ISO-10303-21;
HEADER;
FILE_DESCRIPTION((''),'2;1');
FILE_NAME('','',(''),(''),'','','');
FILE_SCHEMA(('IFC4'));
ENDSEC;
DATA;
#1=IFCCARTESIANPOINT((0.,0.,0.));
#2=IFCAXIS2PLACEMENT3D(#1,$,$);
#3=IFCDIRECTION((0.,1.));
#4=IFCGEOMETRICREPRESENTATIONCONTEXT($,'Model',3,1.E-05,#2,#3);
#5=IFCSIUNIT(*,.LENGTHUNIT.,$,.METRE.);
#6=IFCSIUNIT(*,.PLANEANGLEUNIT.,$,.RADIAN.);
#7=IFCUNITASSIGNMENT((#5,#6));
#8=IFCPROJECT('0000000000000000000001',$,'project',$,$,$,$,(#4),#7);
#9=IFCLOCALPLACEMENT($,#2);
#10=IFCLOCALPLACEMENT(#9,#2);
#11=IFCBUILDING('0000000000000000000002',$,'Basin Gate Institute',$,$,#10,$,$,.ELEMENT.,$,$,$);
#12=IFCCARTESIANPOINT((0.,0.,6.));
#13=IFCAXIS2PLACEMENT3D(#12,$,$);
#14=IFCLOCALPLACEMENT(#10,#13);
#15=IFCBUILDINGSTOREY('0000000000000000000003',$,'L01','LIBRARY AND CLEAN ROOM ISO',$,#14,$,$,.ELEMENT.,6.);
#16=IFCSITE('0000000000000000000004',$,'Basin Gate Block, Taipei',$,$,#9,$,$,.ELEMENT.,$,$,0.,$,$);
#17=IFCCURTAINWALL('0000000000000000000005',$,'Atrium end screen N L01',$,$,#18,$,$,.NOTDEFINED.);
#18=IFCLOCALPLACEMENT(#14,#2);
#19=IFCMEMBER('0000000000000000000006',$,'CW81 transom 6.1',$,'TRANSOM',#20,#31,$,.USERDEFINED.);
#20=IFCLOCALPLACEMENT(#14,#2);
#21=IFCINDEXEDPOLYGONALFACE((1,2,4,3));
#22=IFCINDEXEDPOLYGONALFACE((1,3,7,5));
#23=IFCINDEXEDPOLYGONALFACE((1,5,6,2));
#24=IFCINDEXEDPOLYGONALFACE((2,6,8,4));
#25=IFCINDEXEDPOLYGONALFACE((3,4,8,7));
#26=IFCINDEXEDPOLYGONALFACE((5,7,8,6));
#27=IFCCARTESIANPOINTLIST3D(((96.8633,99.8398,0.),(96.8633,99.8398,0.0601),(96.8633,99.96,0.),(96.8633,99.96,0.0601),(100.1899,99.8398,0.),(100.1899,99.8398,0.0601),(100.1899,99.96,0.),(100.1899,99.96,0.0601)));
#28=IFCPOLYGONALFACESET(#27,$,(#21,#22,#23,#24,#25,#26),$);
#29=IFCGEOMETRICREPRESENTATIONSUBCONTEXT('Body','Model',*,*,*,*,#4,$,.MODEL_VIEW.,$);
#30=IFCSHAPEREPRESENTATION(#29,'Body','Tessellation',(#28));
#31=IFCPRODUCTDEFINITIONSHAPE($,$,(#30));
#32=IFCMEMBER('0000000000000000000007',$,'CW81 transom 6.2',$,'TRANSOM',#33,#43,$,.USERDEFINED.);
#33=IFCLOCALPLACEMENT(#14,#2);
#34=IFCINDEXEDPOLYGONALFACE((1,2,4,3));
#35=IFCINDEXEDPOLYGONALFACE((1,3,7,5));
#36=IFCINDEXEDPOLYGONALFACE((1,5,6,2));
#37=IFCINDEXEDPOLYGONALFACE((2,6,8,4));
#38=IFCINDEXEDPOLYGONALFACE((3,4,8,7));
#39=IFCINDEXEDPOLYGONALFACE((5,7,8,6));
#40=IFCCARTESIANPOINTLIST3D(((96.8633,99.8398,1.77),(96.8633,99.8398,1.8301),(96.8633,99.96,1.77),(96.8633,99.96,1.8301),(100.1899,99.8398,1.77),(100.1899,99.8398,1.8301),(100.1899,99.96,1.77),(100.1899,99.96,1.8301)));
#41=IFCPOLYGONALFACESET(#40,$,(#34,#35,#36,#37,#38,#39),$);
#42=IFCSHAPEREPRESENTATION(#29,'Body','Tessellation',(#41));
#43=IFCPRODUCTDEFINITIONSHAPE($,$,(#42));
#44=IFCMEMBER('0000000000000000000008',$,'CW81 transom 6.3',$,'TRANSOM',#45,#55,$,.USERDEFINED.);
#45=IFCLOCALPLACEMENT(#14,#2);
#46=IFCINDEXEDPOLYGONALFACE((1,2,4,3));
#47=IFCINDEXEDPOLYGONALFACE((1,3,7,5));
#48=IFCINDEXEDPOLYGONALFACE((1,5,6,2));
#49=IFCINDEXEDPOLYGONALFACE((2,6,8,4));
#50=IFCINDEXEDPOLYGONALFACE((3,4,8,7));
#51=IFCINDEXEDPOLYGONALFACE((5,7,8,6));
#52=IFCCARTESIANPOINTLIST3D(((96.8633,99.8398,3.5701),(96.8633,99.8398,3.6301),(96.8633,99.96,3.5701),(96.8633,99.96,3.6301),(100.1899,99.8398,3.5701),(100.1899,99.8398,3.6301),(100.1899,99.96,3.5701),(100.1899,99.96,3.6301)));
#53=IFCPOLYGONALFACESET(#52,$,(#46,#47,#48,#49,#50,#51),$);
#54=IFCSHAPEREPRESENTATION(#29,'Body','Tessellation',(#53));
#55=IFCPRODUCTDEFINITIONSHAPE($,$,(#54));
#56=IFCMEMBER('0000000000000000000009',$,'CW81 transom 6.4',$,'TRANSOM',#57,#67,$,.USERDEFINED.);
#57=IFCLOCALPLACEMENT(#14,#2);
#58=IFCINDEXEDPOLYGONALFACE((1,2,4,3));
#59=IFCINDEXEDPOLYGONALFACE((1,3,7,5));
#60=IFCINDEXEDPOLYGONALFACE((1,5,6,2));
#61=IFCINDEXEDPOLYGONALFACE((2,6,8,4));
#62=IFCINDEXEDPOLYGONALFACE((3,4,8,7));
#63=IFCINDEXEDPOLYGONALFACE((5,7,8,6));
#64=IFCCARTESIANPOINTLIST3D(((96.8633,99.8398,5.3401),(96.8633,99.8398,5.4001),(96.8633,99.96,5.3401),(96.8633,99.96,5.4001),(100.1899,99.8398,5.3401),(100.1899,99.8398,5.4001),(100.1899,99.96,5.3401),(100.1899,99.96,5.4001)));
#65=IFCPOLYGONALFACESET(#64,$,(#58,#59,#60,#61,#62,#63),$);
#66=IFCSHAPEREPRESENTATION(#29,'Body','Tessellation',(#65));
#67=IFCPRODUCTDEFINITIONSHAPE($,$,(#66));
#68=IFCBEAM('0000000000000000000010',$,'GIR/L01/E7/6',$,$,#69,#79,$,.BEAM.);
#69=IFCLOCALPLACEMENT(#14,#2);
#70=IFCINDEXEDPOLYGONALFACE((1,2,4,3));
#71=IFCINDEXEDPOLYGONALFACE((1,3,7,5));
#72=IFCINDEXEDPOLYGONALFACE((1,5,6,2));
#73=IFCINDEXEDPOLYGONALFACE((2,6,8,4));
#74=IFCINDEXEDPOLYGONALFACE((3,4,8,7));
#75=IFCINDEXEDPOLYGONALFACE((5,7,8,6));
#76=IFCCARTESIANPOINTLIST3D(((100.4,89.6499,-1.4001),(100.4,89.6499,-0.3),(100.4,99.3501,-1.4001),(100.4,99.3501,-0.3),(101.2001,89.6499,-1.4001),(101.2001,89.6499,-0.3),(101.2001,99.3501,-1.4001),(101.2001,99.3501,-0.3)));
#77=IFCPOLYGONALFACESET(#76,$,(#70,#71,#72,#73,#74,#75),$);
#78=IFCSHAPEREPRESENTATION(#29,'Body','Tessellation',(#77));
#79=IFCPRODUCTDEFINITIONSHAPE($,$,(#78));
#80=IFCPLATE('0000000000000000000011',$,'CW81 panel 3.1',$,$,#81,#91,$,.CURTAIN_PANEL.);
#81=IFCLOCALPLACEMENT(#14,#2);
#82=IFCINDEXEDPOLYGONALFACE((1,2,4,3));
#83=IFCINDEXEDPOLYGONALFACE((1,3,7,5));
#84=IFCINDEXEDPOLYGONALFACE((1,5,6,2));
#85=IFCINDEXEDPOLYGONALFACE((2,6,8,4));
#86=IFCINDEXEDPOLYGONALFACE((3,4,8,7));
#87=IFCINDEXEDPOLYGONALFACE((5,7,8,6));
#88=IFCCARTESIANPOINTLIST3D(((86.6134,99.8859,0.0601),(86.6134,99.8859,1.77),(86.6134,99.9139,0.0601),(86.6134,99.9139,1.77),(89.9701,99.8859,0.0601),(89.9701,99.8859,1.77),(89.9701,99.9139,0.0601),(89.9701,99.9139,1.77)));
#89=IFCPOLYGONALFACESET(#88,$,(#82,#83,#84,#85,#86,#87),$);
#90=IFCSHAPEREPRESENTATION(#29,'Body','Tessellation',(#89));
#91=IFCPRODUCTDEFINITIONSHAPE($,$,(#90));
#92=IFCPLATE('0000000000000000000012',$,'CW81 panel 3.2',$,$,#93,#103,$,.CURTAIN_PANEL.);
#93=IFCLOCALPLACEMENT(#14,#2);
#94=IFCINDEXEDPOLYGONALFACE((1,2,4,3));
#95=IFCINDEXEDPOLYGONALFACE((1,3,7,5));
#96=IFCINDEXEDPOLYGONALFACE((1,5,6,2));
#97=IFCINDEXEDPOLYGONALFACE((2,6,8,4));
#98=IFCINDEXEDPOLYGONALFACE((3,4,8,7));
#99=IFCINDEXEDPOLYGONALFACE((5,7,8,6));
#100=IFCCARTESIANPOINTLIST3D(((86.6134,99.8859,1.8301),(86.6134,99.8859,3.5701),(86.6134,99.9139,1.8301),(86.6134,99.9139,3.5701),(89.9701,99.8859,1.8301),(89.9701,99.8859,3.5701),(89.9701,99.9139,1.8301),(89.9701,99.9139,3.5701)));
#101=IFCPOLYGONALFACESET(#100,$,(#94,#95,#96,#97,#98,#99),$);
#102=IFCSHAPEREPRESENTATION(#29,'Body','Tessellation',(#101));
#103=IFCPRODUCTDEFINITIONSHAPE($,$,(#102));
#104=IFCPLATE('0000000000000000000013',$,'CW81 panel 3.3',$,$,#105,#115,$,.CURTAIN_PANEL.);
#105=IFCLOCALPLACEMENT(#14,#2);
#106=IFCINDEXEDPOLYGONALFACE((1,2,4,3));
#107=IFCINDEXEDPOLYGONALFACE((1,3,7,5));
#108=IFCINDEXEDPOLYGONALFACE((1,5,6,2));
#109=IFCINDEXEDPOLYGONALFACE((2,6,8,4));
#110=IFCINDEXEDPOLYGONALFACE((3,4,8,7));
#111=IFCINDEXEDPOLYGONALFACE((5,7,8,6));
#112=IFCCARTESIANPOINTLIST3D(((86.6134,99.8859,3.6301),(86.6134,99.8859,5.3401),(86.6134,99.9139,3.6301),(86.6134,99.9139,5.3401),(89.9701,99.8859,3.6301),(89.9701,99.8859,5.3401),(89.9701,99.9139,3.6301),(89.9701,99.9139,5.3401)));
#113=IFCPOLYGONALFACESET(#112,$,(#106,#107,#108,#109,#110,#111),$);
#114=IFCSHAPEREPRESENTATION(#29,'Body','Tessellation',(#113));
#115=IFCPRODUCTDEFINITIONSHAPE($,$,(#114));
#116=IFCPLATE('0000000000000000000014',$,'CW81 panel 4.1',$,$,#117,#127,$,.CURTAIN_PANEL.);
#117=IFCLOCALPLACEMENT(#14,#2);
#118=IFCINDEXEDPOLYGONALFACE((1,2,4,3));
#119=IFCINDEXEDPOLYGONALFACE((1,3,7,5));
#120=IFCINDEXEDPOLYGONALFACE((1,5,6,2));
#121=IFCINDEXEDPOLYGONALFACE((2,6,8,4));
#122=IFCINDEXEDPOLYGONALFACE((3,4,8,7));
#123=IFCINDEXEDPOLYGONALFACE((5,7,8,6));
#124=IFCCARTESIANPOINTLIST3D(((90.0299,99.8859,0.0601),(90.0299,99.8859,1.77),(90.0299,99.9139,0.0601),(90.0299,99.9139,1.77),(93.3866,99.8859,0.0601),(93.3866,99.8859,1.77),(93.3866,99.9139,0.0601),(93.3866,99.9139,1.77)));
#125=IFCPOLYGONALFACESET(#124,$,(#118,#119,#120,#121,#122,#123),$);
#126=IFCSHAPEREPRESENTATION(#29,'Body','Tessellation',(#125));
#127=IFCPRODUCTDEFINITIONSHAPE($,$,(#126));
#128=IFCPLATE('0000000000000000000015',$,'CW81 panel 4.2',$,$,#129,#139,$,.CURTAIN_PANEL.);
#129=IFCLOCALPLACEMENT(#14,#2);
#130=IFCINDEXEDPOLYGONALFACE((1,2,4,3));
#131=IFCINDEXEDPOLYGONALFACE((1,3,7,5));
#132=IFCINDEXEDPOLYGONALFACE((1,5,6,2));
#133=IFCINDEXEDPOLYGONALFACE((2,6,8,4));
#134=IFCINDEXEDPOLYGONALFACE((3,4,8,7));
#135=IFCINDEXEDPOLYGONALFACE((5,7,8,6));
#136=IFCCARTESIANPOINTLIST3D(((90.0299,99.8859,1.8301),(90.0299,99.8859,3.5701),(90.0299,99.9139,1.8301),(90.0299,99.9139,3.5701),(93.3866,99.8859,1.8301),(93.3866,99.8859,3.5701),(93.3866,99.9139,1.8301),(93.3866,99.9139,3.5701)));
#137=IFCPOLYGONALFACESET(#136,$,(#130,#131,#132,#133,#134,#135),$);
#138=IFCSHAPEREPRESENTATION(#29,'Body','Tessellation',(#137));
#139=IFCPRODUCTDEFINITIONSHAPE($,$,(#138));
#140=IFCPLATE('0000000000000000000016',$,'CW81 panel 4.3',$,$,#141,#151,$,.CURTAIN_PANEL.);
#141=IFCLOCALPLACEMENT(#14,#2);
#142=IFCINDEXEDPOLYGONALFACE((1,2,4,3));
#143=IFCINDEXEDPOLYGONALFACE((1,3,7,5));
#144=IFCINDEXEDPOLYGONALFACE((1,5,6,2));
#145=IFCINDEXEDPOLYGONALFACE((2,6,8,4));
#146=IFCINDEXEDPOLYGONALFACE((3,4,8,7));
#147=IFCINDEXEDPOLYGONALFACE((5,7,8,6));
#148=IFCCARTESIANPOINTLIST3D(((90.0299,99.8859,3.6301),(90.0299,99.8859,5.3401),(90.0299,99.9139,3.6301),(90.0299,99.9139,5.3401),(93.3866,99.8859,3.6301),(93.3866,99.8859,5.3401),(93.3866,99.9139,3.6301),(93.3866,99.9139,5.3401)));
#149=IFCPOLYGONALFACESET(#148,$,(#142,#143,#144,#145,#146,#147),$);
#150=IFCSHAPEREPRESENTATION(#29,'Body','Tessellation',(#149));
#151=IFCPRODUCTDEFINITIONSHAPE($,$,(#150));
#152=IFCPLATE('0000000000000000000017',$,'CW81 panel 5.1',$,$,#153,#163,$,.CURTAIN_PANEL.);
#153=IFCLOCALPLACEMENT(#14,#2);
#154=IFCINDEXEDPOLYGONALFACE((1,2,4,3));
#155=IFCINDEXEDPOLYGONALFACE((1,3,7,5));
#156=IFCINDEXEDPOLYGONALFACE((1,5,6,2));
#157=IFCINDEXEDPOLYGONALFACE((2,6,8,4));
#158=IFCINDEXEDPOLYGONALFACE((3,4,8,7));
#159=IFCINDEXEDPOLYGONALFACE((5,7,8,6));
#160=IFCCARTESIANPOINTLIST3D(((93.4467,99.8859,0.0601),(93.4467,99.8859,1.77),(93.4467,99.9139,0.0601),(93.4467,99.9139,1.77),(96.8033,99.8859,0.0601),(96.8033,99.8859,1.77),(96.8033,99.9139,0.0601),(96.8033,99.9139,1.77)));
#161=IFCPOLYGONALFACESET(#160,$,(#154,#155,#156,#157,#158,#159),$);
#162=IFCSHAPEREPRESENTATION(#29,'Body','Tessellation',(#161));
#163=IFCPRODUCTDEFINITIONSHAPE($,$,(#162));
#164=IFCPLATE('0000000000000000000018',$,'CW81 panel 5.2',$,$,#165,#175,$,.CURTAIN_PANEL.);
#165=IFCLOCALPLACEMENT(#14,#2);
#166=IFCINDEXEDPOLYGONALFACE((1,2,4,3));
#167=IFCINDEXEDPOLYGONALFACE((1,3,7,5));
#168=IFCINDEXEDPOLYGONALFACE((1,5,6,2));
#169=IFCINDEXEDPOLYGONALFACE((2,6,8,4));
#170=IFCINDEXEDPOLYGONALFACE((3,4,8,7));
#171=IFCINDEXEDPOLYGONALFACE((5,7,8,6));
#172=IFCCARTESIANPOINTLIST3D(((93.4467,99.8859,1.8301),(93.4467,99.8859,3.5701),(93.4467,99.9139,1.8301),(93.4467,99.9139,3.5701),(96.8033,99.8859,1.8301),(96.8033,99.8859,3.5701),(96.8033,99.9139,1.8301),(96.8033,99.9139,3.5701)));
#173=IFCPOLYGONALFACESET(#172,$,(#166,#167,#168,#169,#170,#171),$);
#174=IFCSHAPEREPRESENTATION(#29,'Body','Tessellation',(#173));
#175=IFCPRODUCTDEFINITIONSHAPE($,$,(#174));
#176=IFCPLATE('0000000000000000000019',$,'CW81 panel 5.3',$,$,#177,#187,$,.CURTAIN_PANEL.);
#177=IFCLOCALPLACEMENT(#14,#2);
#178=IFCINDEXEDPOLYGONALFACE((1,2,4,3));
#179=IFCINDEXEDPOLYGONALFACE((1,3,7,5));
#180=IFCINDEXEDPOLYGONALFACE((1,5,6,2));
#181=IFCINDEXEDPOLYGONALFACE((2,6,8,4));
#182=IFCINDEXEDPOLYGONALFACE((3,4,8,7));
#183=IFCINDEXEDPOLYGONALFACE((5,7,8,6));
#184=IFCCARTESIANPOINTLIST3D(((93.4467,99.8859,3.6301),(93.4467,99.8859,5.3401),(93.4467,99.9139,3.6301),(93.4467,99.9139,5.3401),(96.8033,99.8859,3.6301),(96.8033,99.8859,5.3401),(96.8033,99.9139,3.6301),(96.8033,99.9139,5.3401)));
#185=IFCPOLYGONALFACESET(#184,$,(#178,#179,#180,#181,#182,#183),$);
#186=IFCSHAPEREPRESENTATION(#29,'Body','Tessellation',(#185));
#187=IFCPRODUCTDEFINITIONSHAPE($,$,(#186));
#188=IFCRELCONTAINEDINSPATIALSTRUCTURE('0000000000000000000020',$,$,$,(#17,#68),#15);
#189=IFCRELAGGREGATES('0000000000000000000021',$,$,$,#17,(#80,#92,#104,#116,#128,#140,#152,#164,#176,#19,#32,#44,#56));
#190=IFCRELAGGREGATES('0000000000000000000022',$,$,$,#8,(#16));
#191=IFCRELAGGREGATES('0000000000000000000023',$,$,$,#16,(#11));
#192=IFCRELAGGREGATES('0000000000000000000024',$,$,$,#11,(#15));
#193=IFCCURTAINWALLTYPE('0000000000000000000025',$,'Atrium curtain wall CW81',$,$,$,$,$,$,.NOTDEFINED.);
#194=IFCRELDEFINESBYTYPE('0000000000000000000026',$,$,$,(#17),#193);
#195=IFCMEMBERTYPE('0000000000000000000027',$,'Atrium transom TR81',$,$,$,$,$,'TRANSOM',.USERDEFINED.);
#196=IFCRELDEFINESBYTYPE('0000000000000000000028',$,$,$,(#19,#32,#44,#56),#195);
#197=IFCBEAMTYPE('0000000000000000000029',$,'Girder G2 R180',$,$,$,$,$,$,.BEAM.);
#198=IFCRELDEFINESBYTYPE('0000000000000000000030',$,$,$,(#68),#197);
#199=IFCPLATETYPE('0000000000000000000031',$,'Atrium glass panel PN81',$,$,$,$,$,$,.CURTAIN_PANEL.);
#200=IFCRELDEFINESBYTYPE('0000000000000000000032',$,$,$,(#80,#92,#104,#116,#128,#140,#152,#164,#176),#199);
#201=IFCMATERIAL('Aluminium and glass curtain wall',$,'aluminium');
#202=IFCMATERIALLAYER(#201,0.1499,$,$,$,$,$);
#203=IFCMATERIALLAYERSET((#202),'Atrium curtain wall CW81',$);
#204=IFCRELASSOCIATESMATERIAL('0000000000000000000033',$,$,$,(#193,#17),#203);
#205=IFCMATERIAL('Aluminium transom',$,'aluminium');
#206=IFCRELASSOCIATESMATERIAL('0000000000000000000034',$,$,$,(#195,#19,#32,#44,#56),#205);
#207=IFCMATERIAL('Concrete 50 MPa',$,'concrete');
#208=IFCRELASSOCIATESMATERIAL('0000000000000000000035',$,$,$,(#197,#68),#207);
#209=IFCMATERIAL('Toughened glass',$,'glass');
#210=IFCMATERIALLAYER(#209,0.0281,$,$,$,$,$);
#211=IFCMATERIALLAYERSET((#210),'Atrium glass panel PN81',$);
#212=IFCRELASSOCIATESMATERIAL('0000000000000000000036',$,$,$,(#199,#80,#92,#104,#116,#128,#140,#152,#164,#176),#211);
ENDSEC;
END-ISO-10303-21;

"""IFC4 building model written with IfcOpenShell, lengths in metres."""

from ifc_helpers import new_model, si_unit, direction, frame, origin, origin_2d, place, context, subcontext, project, spatial, rectangle, extrude, material, layer, layer_set, material_profile, profile_set, type_object, element, aggregate, save


model = new_model("IFC4")

# Units and contexts
model_context = context("Model", 3, precision=1e-05, world=origin(), true_north=direction((0.0, 1.0)))
body_context = subcontext(model_context, "Body", "Model", "MODEL_VIEW")
ifc_project = project(units=[si_unit("LENGTHUNIT", "METRE"), si_unit("PLANEANGLEUNIT", "RADIAN")], contexts=[model_context])

# Site, building, storey
site_placement = place(None, origin())
site = spatial("IfcSite", under=ifc_project, at=site_placement, Name="Basin Gate Block, Taipei", CompositionType="ELEMENT", RefElevation=0.0)
building_placement = place(site_placement, origin())
building = spatial("IfcBuilding", under=site, at=building_placement, Name="Basin Gate Institute", CompositionType="ELEMENT")
storey_placement = place(building_placement, frame((0.0, 0.0, 6.0)))
storey = spatial("IfcBuildingStorey", under=building, at=storey_placement, Name="L01", Description="LIBRARY AND CLEAN ROOM ISO", CompositionType="ELEMENT", Elevation=6.0)

# Curtain wall, members
ifc_material_1 = material(Name="Aluminium and glass curtain wall", Category="aluminium")
ifc_layer_1 = layer(ifc_material_1, 0.1499)
ifc_layer_set_1 = layer_set([ifc_layer_1], Name="Atrium curtain wall CW81")
curtain_wall_type = type_object("IfcCurtainWallType", Name="Atrium curtain wall CW81", PredefinedType="NOTDEFINED", material=ifc_layer_set_1)
curtain_wall_placement = place(storey_placement, origin())
curtain_wall = element("IfcCurtainWall", 1, at=curtain_wall_placement, inside=storey, type_object=curtain_wall_type, material=ifc_layer_set_1, Name="Atrium end screen N L01", PredefinedType="NOTDEFINED")
ifc_material_2 = material(Name="Aluminium transom", Category="aluminium")
ifc_material_profile_1 = material_profile(ifc_material_2, rectangle(XDim=0.1201, YDim=0.0601, at=origin_2d()), Name="Atrium transom TR81 120 x 60")
ifc_profile_set_1 = profile_set([ifc_material_profile_1], Name="Aluminium transom")
member_type_1 = type_object("IfcMemberType", Name="Atrium transom TR81", ElementType="TRANSOM", PredefinedType="USERDEFINED", material=ifc_profile_set_1)
member_1_placement = place(storey_placement, frame((96.8633, 99.8999, 0.03), z_axis=(1.0, 0.0, 0.0), x_axis=(0.0, 1.0, 0.0)))
member_1 = element("IfcMember", 2, at=member_1_placement, type_object=member_type_1, material=ifc_profile_set_1, Name="CW81 transom 6.1", ObjectType="TRANSOM", PredefinedType="USERDEFINED", context=body_context, shape_type="SweptSolid", body=[
    extrude(rectangle(XDim=0.1201, YDim=0.0601, at=origin_2d()), origin(), (0.0, 0.0, 1.0), 3.3267),
])
member_2_placement = place(storey_placement, frame((96.8633, 99.8999, 1.8), z_axis=(1.0, 0.0, 0.0), x_axis=(0.0, 1.0, 0.0)))
member_2 = element("IfcMember", 3, at=member_2_placement, type_object=member_type_1, material=ifc_profile_set_1, Name="CW81 transom 6.2", ObjectType="TRANSOM", PredefinedType="USERDEFINED", context=body_context, shape_type="SweptSolid", body=[
    extrude(rectangle(XDim=0.1201, YDim=0.0601, at=origin_2d()), origin(), (0.0, 0.0, 1.0), 3.3267),
])
member_3_placement = place(storey_placement, frame((96.8633, 99.8999, 3.6001), z_axis=(1.0, 0.0, 0.0), x_axis=(0.0, 1.0, 0.0)))
member_3 = element("IfcMember", 4, at=member_3_placement, type_object=member_type_1, material=ifc_profile_set_1, Name="CW81 transom 6.3", ObjectType="TRANSOM", PredefinedType="USERDEFINED", context=body_context, shape_type="SweptSolid", body=[
    extrude(rectangle(XDim=0.1201, YDim=0.0601, at=origin_2d()), origin(), (0.0, 0.0, 1.0), 3.3267),
])
member_4_placement = place(storey_placement, frame((96.8633, 99.8999, 5.3701), z_axis=(1.0, 0.0, 0.0), x_axis=(0.0, 1.0, 0.0)))
member_4 = element("IfcMember", 5, at=member_4_placement, type_object=member_type_1, material=ifc_profile_set_1, Name="CW81 transom 6.4", ObjectType="TRANSOM", PredefinedType="USERDEFINED", context=body_context, shape_type="SweptSolid", body=[
    extrude(rectangle(XDim=0.1201, YDim=0.0601, at=origin_2d()), origin(), (0.0, 0.0, 1.0), 3.3267),
])

# Beam
ifc_material_3 = material(Name="Concrete 50 MPa", Category="concrete")
ifc_material_profile_2 = material_profile(ifc_material_3, rectangle(XDim=0.8, YDim=1.1001, at=origin_2d()), Name="Girder G2 800 x 1100")
ifc_profile_set_2 = profile_set([ifc_material_profile_2], Name="Concrete 50 MPa")
beam_type = type_object("IfcBeamType", Name="Girder G2 R180", PredefinedType="BEAM", material=ifc_profile_set_2)
beam_placement = place(storey_placement, frame((100.8, 89.6499, -0.8501), z_axis=(0.0, 1.0, 0.0), x_axis=(-1.0, 0.0, 0.0)))
element("IfcBeam", 6, at=beam_placement, inside=storey, type_object=beam_type, material=ifc_profile_set_2, Name="GIR/L01/E7/6", PredefinedType="BEAM", context=body_context, shape_type="SweptSolid", body=[
    extrude(rectangle(XDim=0.8, YDim=1.1001, at=origin_2d()), origin(), (0.0, 0.0, 1.0), 9.7002),
])

# Plates
ifc_material_4 = material(Name="Toughened glass", Category="glass")
ifc_layer_2 = layer(ifc_material_4, 0.0281)
ifc_layer_set_2 = layer_set([ifc_layer_2], Name="Atrium glass panel PN81")
plate_type = type_object("IfcPlateType", Name="Atrium glass panel PN81", PredefinedType="CURTAIN_PANEL", material=ifc_layer_set_2)
plate_1_placement = place(storey_placement, frame((88.2917, 99.8999, 0.0601), z_axis=(0.0, 0.0, 1.0), x_axis=(1.0, 0.0, 0.0)))
plate_1 = element("IfcPlate", 7, at=plate_1_placement, type_object=plate_type, material=ifc_layer_set_2, Name="CW81 panel 3.1", PredefinedType="CURTAIN_PANEL", context=body_context, shape_type="SweptSolid", body=[
    extrude(rectangle(XDim=3.3567, YDim=0.0281, at=origin_2d()), origin(), (0.0, 0.0, 1.0), 1.71),
])
plate_2_placement = place(storey_placement, frame((88.2917, 99.8999, 1.8301), z_axis=(0.0, 0.0, 1.0), x_axis=(1.0, 0.0, 0.0)))
plate_2 = element("IfcPlate", 8, at=plate_2_placement, type_object=plate_type, material=ifc_layer_set_2, Name="CW81 panel 3.2", PredefinedType="CURTAIN_PANEL", context=body_context, shape_type="SweptSolid", body=[
    extrude(rectangle(XDim=3.3567, YDim=0.0281, at=origin_2d()), origin(), (0.0, 0.0, 1.0), 1.74),
])
plate_3_placement = place(storey_placement, frame((88.2917, 99.8999, 3.6301), z_axis=(0.0, 0.0, 1.0), x_axis=(1.0, 0.0, 0.0)))
plate_3 = element("IfcPlate", 9, at=plate_3_placement, type_object=plate_type, material=ifc_layer_set_2, Name="CW81 panel 3.3", PredefinedType="CURTAIN_PANEL", context=body_context, shape_type="SweptSolid", body=[
    extrude(rectangle(XDim=3.3567, YDim=0.0281, at=origin_2d()), origin(), (0.0, 0.0, 1.0), 1.71),
])
plate_4_placement = place(storey_placement, frame((91.7083, 99.8999, 0.0601), z_axis=(0.0, 0.0, 1.0), x_axis=(1.0, 0.0, 0.0)))
plate_4 = element("IfcPlate", 10, at=plate_4_placement, type_object=plate_type, material=ifc_layer_set_2, Name="CW81 panel 4.1", PredefinedType="CURTAIN_PANEL", context=body_context, shape_type="SweptSolid", body=[
    extrude(rectangle(XDim=3.3567, YDim=0.0281, at=origin_2d()), origin(), (0.0, 0.0, 1.0), 1.71),
])
plate_5_placement = place(storey_placement, frame((91.7083, 99.8999, 1.8301), z_axis=(0.0, 0.0, 1.0), x_axis=(1.0, 0.0, 0.0)))
plate_5 = element("IfcPlate", 11, at=plate_5_placement, type_object=plate_type, material=ifc_layer_set_2, Name="CW81 panel 4.2", PredefinedType="CURTAIN_PANEL", context=body_context, shape_type="SweptSolid", body=[
    extrude(rectangle(XDim=3.3567, YDim=0.0281, at=origin_2d()), origin(), (0.0, 0.0, 1.0), 1.74),
])
plate_6_placement = place(storey_placement, frame((91.7083, 99.8999, 3.6301), z_axis=(0.0, 0.0, 1.0), x_axis=(1.0, 0.0, 0.0)))
plate_6 = element("IfcPlate", 12, at=plate_6_placement, type_object=plate_type, material=ifc_layer_set_2, Name="CW81 panel 4.3", PredefinedType="CURTAIN_PANEL", context=body_context, shape_type="SweptSolid", body=[
    extrude(rectangle(XDim=3.3567, YDim=0.0281, at=origin_2d()), origin(), (0.0, 0.0, 1.0), 1.71),
])
plate_7_placement = place(storey_placement, frame((95.125, 99.8999, 0.0601), z_axis=(0.0, 0.0, 1.0), x_axis=(1.0, 0.0, 0.0)))
plate_7 = element("IfcPlate", 13, at=plate_7_placement, type_object=plate_type, material=ifc_layer_set_2, Name="CW81 panel 5.1", PredefinedType="CURTAIN_PANEL", context=body_context, shape_type="SweptSolid", body=[
    extrude(rectangle(XDim=3.3567, YDim=0.0281, at=origin_2d()), origin(), (0.0, 0.0, 1.0), 1.71),
])
plate_8_placement = place(storey_placement, frame((95.125, 99.8999, 1.8301), z_axis=(0.0, 0.0, 1.0), x_axis=(1.0, 0.0, 0.0)))
plate_8 = element("IfcPlate", 14, at=plate_8_placement, type_object=plate_type, material=ifc_layer_set_2, Name="CW81 panel 5.2", PredefinedType="CURTAIN_PANEL", context=body_context, shape_type="SweptSolid", body=[
    extrude(rectangle(XDim=3.3567, YDim=0.0281, at=origin_2d()), origin(), (0.0, 0.0, 1.0), 1.74),
])
plate_9_placement = place(storey_placement, frame((95.125, 99.8999, 3.6301), z_axis=(0.0, 0.0, 1.0), x_axis=(1.0, 0.0, 0.0)))
plate_9 = element("IfcPlate", 15, at=plate_9_placement, type_object=plate_type, material=ifc_layer_set_2, Name="CW81 panel 5.3", PredefinedType="CURTAIN_PANEL", context=body_context, shape_type="SweptSolid", body=[
    extrude(rectangle(XDim=3.3567, YDim=0.0281, at=origin_2d()), origin(), (0.0, 0.0, 1.0), 1.71),
])
aggregate(curtain_wall, [plate_1, plate_2, plate_3, plate_4, plate_5, plate_6, plate_7, plate_8, plate_9, member_1, member_2, member_3, member_4])

save(model, "model.ifc")
